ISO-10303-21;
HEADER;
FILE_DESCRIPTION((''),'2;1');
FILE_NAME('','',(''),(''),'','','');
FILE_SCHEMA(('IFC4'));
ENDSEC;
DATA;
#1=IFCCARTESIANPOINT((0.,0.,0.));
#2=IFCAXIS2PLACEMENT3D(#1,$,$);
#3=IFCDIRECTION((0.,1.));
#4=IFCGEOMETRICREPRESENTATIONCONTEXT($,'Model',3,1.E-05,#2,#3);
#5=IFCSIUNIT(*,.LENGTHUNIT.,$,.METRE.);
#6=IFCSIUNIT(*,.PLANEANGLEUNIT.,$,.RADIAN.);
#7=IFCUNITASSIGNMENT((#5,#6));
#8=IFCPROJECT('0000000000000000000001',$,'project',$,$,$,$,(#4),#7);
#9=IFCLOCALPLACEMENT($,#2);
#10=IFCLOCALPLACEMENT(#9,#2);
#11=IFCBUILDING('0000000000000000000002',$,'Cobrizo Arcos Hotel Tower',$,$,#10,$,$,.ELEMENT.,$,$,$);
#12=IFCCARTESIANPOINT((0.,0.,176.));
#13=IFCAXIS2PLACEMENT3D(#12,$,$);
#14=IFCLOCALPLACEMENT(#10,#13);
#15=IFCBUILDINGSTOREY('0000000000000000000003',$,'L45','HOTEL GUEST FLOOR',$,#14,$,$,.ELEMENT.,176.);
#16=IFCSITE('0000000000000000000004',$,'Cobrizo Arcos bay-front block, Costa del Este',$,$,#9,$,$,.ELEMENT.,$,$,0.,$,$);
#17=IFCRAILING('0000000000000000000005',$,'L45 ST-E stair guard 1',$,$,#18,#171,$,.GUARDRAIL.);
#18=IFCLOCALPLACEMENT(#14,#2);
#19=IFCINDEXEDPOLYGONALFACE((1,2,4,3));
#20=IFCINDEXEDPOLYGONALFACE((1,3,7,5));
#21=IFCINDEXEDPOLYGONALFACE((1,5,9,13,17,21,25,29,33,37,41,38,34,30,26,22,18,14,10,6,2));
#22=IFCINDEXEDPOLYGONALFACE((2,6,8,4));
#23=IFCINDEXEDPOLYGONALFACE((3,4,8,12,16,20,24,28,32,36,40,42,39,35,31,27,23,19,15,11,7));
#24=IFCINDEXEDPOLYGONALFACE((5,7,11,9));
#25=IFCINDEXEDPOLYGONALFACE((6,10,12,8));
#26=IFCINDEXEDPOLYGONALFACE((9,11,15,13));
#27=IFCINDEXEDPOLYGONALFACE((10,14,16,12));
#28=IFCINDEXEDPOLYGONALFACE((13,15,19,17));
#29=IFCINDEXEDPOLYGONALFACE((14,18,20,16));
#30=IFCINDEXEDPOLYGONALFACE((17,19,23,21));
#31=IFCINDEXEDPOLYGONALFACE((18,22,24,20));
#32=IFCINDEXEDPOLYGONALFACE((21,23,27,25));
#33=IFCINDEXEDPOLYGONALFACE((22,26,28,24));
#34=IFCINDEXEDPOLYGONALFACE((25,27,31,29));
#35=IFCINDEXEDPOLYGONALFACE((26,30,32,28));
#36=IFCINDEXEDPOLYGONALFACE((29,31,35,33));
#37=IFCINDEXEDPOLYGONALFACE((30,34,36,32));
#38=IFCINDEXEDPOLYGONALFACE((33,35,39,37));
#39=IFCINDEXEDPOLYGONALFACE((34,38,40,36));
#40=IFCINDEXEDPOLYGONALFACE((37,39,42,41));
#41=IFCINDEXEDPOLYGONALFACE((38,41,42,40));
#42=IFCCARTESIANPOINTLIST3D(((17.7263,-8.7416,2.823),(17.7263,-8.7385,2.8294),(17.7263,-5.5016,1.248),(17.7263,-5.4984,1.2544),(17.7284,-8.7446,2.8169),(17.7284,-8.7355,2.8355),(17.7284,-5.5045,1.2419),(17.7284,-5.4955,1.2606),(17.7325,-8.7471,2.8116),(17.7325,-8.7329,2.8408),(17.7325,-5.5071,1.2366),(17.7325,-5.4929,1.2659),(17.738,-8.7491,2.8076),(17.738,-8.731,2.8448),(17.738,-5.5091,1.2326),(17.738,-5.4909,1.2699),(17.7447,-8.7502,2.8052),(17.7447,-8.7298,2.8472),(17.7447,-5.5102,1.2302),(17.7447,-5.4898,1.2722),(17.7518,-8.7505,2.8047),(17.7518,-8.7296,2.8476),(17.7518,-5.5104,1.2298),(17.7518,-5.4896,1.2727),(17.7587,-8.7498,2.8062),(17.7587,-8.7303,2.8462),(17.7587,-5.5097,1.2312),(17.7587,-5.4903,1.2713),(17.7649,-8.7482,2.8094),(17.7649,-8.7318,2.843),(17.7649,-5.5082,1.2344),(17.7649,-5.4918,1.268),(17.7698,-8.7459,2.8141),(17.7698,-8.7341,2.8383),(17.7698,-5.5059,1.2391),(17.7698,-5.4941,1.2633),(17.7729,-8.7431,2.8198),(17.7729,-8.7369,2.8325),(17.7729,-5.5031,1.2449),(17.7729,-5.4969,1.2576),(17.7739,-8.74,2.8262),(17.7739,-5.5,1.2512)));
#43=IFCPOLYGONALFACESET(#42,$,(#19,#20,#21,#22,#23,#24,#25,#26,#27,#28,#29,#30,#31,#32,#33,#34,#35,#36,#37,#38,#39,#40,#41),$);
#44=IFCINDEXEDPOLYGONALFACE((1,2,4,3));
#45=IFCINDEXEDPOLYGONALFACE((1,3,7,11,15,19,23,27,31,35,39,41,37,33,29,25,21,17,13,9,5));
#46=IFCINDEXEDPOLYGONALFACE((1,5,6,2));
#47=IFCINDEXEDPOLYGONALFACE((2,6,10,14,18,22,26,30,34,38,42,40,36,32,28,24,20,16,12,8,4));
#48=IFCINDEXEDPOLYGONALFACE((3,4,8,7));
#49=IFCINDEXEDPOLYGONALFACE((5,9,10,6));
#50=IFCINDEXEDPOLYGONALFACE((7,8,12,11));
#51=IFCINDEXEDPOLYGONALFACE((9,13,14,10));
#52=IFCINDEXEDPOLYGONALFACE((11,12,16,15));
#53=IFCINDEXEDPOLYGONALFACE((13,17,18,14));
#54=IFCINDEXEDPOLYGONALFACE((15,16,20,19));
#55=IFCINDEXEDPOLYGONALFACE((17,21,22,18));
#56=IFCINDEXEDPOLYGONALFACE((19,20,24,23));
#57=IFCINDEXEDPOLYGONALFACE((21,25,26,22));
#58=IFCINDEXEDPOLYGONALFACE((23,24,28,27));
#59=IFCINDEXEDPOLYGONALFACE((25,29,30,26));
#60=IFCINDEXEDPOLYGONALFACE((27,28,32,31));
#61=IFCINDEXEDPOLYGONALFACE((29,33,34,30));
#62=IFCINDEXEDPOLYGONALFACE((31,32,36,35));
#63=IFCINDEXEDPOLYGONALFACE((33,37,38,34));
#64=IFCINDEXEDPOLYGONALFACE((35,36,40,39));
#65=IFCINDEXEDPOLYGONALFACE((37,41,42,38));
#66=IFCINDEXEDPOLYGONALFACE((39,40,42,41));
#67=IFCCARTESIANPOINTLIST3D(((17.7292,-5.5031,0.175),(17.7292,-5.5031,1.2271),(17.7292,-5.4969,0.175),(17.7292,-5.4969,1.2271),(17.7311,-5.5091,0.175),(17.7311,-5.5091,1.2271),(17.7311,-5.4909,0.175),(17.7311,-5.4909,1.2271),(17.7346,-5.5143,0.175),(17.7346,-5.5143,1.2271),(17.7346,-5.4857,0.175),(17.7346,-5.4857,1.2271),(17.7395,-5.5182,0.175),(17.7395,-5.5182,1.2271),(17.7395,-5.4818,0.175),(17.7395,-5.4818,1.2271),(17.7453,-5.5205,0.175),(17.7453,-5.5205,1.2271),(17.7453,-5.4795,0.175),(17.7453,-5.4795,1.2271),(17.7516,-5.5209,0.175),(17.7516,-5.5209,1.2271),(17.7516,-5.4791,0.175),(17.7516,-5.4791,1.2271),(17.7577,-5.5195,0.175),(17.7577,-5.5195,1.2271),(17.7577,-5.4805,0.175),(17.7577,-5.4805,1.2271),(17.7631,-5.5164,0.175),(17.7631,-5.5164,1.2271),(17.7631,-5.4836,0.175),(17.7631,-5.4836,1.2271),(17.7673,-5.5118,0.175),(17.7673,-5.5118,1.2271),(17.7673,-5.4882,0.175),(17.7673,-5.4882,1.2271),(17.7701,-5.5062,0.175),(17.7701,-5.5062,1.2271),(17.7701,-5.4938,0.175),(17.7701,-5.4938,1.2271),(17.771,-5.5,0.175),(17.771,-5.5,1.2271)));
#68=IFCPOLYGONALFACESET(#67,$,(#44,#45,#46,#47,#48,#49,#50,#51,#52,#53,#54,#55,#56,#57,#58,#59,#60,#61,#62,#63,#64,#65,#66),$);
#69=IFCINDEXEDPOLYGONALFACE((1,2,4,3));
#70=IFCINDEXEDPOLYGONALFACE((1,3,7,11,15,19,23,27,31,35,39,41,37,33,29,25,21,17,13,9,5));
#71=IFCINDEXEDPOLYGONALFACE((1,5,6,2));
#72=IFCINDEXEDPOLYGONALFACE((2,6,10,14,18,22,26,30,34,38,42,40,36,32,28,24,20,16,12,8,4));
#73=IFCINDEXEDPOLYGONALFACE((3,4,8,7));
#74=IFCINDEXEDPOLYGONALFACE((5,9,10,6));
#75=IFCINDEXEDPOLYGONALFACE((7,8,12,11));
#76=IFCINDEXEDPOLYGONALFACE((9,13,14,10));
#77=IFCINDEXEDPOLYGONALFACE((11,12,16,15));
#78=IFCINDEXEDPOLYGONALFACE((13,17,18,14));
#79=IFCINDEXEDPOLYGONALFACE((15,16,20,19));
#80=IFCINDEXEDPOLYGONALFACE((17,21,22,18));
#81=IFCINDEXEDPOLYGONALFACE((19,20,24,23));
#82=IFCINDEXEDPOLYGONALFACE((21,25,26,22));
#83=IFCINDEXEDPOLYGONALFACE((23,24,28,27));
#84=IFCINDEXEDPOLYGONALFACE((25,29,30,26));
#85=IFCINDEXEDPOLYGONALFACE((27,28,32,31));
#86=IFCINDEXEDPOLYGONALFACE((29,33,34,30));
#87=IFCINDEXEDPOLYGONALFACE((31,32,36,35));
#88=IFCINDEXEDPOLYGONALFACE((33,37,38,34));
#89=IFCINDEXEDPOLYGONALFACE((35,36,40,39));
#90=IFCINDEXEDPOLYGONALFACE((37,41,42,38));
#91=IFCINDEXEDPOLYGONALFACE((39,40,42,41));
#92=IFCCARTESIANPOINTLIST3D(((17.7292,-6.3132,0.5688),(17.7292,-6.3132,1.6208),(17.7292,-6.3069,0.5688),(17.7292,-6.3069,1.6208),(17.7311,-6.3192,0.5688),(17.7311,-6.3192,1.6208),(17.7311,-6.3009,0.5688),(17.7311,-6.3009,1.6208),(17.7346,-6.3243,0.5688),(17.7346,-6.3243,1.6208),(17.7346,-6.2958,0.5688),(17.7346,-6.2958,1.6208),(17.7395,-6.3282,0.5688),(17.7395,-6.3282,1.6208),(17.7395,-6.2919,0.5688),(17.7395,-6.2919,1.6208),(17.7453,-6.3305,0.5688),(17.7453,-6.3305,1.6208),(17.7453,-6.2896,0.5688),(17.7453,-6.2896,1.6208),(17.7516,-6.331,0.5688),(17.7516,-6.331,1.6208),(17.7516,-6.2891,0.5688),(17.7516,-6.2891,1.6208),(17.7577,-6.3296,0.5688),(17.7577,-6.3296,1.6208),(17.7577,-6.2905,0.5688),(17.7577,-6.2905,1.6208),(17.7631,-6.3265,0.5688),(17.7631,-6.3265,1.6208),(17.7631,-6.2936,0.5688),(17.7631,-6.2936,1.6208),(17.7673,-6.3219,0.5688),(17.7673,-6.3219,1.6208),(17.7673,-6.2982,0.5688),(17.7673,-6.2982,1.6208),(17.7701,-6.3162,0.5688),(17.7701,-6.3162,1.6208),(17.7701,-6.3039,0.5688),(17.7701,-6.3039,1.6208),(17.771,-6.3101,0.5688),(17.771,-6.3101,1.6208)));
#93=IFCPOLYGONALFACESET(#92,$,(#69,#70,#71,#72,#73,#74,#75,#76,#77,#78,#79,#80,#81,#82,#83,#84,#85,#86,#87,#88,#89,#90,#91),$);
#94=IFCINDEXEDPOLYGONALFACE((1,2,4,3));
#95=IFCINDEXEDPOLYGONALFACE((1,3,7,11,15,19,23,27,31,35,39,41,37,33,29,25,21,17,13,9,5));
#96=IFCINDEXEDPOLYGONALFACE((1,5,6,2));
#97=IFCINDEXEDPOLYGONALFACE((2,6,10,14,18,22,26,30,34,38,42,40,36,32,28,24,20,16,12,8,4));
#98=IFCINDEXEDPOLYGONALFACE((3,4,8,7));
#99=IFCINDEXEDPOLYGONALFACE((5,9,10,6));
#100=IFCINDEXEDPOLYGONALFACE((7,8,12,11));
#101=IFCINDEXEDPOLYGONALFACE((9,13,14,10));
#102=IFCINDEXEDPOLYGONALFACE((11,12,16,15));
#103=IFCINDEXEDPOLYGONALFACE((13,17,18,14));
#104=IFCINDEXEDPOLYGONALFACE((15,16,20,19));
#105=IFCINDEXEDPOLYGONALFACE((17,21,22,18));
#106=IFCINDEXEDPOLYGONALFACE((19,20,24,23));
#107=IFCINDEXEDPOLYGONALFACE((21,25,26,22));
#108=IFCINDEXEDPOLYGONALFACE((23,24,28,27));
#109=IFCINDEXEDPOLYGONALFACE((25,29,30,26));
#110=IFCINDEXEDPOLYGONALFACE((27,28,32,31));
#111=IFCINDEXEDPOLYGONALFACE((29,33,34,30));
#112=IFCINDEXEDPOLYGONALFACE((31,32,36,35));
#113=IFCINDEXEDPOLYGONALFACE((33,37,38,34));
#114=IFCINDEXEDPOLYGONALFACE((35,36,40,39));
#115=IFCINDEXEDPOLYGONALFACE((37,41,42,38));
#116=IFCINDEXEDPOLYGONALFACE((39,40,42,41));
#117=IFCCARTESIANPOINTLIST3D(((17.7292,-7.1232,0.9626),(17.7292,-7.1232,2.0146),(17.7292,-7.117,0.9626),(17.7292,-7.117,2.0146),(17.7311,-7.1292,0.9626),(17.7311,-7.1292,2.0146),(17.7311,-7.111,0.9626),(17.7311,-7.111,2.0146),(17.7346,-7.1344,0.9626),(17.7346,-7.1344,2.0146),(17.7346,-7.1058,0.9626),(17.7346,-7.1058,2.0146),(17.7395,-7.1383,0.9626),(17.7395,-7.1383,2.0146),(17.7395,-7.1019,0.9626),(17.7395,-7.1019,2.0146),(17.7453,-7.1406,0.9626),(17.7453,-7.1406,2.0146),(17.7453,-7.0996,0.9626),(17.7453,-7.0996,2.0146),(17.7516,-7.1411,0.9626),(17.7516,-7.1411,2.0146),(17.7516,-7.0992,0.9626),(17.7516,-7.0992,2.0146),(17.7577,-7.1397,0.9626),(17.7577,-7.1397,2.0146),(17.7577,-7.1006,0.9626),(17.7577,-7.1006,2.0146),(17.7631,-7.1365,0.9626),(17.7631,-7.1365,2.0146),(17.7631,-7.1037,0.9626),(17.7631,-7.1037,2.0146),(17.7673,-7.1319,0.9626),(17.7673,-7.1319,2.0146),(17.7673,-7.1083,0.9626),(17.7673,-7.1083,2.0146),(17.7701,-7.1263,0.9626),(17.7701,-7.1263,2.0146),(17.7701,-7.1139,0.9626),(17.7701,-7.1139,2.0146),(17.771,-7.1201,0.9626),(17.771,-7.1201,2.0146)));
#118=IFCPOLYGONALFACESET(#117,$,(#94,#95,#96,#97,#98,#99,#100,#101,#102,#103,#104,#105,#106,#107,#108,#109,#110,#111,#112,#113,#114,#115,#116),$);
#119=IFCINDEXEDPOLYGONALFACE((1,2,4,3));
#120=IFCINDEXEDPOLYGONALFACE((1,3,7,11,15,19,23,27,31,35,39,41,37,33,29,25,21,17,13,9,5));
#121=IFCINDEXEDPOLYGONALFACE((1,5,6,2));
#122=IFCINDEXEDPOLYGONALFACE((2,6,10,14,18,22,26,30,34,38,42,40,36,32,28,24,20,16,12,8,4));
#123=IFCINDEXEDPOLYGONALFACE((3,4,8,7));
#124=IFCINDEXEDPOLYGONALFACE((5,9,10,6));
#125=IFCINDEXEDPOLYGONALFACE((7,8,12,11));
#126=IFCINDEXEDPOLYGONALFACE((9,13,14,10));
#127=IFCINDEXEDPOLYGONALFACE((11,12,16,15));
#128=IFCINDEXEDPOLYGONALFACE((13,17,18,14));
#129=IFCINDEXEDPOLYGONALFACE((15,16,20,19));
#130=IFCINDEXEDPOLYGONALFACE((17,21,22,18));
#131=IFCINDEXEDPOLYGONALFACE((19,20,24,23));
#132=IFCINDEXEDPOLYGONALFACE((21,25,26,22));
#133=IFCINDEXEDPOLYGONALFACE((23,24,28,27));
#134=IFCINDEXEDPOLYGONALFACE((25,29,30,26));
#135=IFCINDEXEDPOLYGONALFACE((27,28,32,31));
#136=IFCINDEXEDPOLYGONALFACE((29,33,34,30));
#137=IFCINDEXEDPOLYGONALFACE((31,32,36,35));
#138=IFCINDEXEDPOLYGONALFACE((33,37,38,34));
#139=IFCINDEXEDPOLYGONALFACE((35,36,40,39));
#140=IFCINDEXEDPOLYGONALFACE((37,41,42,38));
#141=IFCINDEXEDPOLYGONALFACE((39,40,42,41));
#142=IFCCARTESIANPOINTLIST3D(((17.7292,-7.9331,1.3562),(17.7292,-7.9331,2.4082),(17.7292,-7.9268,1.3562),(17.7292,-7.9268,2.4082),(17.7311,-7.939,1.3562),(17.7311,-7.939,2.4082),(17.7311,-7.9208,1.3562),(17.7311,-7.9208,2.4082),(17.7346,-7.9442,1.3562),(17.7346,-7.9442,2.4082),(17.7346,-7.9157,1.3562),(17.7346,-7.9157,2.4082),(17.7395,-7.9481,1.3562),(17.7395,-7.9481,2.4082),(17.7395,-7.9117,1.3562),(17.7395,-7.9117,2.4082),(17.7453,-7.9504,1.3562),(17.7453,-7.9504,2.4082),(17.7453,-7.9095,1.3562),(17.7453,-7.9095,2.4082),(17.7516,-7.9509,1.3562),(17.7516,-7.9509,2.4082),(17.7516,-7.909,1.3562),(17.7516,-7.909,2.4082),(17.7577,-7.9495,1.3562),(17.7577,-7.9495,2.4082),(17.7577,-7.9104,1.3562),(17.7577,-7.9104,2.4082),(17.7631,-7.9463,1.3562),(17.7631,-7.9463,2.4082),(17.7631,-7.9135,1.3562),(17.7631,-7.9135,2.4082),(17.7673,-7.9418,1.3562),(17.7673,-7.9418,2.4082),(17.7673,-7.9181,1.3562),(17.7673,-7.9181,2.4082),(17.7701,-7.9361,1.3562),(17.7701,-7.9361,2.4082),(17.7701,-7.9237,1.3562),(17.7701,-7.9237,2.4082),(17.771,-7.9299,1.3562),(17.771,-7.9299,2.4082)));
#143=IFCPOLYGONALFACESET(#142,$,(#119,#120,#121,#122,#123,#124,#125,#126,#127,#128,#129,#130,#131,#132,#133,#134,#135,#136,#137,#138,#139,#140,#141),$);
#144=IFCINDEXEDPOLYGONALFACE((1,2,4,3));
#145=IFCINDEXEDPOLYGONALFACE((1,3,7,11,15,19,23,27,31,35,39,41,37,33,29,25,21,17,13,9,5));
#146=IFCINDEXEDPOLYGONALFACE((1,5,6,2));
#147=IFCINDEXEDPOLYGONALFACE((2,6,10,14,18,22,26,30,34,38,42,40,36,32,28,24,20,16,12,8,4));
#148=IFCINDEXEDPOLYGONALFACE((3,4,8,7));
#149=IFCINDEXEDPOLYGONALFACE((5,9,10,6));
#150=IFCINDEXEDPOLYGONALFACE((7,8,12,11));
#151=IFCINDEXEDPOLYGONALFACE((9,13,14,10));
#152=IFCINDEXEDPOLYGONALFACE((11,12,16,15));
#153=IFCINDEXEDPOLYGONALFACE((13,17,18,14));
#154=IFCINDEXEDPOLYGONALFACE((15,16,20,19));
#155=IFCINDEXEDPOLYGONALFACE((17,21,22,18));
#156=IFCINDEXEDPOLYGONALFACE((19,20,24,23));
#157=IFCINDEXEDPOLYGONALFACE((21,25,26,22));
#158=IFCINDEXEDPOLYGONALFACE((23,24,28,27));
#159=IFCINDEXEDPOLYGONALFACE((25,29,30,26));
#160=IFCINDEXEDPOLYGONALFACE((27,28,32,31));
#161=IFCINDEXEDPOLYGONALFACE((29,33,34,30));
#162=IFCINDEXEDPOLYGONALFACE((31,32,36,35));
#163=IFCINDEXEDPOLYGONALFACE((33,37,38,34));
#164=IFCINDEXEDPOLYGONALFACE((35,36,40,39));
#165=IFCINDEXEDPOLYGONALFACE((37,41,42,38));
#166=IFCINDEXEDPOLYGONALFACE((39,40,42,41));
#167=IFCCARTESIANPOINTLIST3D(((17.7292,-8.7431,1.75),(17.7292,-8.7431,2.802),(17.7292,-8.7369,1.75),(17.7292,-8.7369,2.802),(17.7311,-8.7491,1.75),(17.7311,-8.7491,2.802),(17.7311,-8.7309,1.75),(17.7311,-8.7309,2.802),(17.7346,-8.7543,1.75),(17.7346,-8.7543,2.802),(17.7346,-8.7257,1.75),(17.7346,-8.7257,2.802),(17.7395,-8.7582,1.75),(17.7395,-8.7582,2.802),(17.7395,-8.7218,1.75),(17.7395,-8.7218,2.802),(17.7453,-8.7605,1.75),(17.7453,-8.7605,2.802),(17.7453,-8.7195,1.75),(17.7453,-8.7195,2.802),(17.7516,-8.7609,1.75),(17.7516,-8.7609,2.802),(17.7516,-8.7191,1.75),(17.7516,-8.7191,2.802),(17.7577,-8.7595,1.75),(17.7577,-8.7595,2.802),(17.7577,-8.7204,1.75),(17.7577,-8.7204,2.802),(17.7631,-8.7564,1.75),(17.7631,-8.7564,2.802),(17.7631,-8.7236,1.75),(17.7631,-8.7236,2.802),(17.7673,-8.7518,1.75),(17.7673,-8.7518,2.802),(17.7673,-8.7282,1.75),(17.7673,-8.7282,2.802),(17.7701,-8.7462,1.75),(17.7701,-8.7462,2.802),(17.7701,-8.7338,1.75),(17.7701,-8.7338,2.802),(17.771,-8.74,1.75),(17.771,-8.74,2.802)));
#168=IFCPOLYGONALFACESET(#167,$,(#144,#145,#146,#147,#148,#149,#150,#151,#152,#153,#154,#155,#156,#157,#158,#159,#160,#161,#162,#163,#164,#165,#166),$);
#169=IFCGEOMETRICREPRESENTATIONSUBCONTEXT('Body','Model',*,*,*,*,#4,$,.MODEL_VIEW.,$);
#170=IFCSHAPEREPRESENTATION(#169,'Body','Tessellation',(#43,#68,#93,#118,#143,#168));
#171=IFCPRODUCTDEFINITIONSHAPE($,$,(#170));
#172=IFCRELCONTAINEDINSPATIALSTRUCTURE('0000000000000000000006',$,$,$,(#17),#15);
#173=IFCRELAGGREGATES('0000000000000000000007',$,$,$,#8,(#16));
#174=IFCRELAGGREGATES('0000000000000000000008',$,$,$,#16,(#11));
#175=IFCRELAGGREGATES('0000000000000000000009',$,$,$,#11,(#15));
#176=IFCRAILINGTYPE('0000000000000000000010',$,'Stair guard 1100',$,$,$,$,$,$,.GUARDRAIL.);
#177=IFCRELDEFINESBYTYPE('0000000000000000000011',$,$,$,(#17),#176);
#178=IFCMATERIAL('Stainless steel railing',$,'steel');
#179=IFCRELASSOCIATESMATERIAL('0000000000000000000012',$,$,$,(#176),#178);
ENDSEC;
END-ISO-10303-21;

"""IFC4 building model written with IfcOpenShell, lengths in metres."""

from ifc_helpers import new_model, si_unit, direction, frame, origin, origin_2d, place, context, subcontext, project, spatial, circle, extrude, material, type_object, element, save


model = new_model("IFC4")

# Units and contexts
model_context = context("Model", 3, precision=1e-05, world=origin(), true_north=direction((0.0, 1.0)))
body_context = subcontext(model_context, "Body", "Model", "MODEL_VIEW")
ifc_project = project(units=[si_unit("LENGTHUNIT", "METRE"), si_unit("PLANEANGLEUNIT", "RADIAN")], contexts=[model_context])

# Site, building, storey
site_placement = place(None, origin())
site = spatial("IfcSite", under=ifc_project, at=site_placement, Name="Cobrizo Arcos bay-front block, Costa del Este", CompositionType="ELEMENT", RefElevation=0.0)
building_placement = place(site_placement, origin())
building = spatial("IfcBuilding", under=site, at=building_placement, Name="Cobrizo Arcos Hotel Tower", CompositionType="ELEMENT")
storey_placement = place(building_placement, frame((0.0, 0.0, 176.0)))
storey = spatial("IfcBuildingStorey", under=building, at=storey_placement, Name="L45", Description="HOTEL GUEST FLOOR", CompositionType="ELEMENT", Elevation=176.0)

# Railing
ifc_material_1 = material(Name="Stainless steel railing", Category="steel")
railing_type_1 = type_object("IfcRailingType", Name="Stair guard 1100", PredefinedType="GUARDRAIL", material=ifc_material_1)
railing_1_placement = place(storey_placement, frame((17.75, -5.5, 0.175)))
element("IfcRailing", 1, at=railing_1_placement, inside=storey, type_object=railing_type_1, Name="L45 ST-E stair guard 1", PredefinedType="GUARDRAIL", context=body_context, shape_type="SweptSolid", body=[
    extrude(circle(Radius=0.0239, at=origin_2d()), frame((0.0, 0.0, 1.0762), z_axis=(0.0, -0.899373, 0.437183), x_axis=(1.0, 0.0, 0.0)), (0.0, 0.0, 1.0), 3.6025),
    extrude(circle(Radius=0.021, at=origin_2d()), origin(), (0.0, 0.0, 1.0), 1.052),
    extrude(circle(Radius=0.021, at=origin_2d()), frame((0.0, -0.8101, 0.3938)), (0.0, 0.0, 1.0), 1.052),
    extrude(circle(Radius=0.021, at=origin_2d()), frame((0.0, -1.6201, 0.7876)), (0.0, 0.0, 1.0), 1.052),
    extrude(circle(Radius=0.021, at=origin_2d()), frame((0.0, -2.4299, 1.1812)), (0.0, 0.0, 1.0), 1.052),
    extrude(circle(Radius=0.021, at=origin_2d()), frame((0.0, -3.24, 1.575)), (0.0, 0.0, 1.0), 1.052),
])

save(model, "model.ifc")
